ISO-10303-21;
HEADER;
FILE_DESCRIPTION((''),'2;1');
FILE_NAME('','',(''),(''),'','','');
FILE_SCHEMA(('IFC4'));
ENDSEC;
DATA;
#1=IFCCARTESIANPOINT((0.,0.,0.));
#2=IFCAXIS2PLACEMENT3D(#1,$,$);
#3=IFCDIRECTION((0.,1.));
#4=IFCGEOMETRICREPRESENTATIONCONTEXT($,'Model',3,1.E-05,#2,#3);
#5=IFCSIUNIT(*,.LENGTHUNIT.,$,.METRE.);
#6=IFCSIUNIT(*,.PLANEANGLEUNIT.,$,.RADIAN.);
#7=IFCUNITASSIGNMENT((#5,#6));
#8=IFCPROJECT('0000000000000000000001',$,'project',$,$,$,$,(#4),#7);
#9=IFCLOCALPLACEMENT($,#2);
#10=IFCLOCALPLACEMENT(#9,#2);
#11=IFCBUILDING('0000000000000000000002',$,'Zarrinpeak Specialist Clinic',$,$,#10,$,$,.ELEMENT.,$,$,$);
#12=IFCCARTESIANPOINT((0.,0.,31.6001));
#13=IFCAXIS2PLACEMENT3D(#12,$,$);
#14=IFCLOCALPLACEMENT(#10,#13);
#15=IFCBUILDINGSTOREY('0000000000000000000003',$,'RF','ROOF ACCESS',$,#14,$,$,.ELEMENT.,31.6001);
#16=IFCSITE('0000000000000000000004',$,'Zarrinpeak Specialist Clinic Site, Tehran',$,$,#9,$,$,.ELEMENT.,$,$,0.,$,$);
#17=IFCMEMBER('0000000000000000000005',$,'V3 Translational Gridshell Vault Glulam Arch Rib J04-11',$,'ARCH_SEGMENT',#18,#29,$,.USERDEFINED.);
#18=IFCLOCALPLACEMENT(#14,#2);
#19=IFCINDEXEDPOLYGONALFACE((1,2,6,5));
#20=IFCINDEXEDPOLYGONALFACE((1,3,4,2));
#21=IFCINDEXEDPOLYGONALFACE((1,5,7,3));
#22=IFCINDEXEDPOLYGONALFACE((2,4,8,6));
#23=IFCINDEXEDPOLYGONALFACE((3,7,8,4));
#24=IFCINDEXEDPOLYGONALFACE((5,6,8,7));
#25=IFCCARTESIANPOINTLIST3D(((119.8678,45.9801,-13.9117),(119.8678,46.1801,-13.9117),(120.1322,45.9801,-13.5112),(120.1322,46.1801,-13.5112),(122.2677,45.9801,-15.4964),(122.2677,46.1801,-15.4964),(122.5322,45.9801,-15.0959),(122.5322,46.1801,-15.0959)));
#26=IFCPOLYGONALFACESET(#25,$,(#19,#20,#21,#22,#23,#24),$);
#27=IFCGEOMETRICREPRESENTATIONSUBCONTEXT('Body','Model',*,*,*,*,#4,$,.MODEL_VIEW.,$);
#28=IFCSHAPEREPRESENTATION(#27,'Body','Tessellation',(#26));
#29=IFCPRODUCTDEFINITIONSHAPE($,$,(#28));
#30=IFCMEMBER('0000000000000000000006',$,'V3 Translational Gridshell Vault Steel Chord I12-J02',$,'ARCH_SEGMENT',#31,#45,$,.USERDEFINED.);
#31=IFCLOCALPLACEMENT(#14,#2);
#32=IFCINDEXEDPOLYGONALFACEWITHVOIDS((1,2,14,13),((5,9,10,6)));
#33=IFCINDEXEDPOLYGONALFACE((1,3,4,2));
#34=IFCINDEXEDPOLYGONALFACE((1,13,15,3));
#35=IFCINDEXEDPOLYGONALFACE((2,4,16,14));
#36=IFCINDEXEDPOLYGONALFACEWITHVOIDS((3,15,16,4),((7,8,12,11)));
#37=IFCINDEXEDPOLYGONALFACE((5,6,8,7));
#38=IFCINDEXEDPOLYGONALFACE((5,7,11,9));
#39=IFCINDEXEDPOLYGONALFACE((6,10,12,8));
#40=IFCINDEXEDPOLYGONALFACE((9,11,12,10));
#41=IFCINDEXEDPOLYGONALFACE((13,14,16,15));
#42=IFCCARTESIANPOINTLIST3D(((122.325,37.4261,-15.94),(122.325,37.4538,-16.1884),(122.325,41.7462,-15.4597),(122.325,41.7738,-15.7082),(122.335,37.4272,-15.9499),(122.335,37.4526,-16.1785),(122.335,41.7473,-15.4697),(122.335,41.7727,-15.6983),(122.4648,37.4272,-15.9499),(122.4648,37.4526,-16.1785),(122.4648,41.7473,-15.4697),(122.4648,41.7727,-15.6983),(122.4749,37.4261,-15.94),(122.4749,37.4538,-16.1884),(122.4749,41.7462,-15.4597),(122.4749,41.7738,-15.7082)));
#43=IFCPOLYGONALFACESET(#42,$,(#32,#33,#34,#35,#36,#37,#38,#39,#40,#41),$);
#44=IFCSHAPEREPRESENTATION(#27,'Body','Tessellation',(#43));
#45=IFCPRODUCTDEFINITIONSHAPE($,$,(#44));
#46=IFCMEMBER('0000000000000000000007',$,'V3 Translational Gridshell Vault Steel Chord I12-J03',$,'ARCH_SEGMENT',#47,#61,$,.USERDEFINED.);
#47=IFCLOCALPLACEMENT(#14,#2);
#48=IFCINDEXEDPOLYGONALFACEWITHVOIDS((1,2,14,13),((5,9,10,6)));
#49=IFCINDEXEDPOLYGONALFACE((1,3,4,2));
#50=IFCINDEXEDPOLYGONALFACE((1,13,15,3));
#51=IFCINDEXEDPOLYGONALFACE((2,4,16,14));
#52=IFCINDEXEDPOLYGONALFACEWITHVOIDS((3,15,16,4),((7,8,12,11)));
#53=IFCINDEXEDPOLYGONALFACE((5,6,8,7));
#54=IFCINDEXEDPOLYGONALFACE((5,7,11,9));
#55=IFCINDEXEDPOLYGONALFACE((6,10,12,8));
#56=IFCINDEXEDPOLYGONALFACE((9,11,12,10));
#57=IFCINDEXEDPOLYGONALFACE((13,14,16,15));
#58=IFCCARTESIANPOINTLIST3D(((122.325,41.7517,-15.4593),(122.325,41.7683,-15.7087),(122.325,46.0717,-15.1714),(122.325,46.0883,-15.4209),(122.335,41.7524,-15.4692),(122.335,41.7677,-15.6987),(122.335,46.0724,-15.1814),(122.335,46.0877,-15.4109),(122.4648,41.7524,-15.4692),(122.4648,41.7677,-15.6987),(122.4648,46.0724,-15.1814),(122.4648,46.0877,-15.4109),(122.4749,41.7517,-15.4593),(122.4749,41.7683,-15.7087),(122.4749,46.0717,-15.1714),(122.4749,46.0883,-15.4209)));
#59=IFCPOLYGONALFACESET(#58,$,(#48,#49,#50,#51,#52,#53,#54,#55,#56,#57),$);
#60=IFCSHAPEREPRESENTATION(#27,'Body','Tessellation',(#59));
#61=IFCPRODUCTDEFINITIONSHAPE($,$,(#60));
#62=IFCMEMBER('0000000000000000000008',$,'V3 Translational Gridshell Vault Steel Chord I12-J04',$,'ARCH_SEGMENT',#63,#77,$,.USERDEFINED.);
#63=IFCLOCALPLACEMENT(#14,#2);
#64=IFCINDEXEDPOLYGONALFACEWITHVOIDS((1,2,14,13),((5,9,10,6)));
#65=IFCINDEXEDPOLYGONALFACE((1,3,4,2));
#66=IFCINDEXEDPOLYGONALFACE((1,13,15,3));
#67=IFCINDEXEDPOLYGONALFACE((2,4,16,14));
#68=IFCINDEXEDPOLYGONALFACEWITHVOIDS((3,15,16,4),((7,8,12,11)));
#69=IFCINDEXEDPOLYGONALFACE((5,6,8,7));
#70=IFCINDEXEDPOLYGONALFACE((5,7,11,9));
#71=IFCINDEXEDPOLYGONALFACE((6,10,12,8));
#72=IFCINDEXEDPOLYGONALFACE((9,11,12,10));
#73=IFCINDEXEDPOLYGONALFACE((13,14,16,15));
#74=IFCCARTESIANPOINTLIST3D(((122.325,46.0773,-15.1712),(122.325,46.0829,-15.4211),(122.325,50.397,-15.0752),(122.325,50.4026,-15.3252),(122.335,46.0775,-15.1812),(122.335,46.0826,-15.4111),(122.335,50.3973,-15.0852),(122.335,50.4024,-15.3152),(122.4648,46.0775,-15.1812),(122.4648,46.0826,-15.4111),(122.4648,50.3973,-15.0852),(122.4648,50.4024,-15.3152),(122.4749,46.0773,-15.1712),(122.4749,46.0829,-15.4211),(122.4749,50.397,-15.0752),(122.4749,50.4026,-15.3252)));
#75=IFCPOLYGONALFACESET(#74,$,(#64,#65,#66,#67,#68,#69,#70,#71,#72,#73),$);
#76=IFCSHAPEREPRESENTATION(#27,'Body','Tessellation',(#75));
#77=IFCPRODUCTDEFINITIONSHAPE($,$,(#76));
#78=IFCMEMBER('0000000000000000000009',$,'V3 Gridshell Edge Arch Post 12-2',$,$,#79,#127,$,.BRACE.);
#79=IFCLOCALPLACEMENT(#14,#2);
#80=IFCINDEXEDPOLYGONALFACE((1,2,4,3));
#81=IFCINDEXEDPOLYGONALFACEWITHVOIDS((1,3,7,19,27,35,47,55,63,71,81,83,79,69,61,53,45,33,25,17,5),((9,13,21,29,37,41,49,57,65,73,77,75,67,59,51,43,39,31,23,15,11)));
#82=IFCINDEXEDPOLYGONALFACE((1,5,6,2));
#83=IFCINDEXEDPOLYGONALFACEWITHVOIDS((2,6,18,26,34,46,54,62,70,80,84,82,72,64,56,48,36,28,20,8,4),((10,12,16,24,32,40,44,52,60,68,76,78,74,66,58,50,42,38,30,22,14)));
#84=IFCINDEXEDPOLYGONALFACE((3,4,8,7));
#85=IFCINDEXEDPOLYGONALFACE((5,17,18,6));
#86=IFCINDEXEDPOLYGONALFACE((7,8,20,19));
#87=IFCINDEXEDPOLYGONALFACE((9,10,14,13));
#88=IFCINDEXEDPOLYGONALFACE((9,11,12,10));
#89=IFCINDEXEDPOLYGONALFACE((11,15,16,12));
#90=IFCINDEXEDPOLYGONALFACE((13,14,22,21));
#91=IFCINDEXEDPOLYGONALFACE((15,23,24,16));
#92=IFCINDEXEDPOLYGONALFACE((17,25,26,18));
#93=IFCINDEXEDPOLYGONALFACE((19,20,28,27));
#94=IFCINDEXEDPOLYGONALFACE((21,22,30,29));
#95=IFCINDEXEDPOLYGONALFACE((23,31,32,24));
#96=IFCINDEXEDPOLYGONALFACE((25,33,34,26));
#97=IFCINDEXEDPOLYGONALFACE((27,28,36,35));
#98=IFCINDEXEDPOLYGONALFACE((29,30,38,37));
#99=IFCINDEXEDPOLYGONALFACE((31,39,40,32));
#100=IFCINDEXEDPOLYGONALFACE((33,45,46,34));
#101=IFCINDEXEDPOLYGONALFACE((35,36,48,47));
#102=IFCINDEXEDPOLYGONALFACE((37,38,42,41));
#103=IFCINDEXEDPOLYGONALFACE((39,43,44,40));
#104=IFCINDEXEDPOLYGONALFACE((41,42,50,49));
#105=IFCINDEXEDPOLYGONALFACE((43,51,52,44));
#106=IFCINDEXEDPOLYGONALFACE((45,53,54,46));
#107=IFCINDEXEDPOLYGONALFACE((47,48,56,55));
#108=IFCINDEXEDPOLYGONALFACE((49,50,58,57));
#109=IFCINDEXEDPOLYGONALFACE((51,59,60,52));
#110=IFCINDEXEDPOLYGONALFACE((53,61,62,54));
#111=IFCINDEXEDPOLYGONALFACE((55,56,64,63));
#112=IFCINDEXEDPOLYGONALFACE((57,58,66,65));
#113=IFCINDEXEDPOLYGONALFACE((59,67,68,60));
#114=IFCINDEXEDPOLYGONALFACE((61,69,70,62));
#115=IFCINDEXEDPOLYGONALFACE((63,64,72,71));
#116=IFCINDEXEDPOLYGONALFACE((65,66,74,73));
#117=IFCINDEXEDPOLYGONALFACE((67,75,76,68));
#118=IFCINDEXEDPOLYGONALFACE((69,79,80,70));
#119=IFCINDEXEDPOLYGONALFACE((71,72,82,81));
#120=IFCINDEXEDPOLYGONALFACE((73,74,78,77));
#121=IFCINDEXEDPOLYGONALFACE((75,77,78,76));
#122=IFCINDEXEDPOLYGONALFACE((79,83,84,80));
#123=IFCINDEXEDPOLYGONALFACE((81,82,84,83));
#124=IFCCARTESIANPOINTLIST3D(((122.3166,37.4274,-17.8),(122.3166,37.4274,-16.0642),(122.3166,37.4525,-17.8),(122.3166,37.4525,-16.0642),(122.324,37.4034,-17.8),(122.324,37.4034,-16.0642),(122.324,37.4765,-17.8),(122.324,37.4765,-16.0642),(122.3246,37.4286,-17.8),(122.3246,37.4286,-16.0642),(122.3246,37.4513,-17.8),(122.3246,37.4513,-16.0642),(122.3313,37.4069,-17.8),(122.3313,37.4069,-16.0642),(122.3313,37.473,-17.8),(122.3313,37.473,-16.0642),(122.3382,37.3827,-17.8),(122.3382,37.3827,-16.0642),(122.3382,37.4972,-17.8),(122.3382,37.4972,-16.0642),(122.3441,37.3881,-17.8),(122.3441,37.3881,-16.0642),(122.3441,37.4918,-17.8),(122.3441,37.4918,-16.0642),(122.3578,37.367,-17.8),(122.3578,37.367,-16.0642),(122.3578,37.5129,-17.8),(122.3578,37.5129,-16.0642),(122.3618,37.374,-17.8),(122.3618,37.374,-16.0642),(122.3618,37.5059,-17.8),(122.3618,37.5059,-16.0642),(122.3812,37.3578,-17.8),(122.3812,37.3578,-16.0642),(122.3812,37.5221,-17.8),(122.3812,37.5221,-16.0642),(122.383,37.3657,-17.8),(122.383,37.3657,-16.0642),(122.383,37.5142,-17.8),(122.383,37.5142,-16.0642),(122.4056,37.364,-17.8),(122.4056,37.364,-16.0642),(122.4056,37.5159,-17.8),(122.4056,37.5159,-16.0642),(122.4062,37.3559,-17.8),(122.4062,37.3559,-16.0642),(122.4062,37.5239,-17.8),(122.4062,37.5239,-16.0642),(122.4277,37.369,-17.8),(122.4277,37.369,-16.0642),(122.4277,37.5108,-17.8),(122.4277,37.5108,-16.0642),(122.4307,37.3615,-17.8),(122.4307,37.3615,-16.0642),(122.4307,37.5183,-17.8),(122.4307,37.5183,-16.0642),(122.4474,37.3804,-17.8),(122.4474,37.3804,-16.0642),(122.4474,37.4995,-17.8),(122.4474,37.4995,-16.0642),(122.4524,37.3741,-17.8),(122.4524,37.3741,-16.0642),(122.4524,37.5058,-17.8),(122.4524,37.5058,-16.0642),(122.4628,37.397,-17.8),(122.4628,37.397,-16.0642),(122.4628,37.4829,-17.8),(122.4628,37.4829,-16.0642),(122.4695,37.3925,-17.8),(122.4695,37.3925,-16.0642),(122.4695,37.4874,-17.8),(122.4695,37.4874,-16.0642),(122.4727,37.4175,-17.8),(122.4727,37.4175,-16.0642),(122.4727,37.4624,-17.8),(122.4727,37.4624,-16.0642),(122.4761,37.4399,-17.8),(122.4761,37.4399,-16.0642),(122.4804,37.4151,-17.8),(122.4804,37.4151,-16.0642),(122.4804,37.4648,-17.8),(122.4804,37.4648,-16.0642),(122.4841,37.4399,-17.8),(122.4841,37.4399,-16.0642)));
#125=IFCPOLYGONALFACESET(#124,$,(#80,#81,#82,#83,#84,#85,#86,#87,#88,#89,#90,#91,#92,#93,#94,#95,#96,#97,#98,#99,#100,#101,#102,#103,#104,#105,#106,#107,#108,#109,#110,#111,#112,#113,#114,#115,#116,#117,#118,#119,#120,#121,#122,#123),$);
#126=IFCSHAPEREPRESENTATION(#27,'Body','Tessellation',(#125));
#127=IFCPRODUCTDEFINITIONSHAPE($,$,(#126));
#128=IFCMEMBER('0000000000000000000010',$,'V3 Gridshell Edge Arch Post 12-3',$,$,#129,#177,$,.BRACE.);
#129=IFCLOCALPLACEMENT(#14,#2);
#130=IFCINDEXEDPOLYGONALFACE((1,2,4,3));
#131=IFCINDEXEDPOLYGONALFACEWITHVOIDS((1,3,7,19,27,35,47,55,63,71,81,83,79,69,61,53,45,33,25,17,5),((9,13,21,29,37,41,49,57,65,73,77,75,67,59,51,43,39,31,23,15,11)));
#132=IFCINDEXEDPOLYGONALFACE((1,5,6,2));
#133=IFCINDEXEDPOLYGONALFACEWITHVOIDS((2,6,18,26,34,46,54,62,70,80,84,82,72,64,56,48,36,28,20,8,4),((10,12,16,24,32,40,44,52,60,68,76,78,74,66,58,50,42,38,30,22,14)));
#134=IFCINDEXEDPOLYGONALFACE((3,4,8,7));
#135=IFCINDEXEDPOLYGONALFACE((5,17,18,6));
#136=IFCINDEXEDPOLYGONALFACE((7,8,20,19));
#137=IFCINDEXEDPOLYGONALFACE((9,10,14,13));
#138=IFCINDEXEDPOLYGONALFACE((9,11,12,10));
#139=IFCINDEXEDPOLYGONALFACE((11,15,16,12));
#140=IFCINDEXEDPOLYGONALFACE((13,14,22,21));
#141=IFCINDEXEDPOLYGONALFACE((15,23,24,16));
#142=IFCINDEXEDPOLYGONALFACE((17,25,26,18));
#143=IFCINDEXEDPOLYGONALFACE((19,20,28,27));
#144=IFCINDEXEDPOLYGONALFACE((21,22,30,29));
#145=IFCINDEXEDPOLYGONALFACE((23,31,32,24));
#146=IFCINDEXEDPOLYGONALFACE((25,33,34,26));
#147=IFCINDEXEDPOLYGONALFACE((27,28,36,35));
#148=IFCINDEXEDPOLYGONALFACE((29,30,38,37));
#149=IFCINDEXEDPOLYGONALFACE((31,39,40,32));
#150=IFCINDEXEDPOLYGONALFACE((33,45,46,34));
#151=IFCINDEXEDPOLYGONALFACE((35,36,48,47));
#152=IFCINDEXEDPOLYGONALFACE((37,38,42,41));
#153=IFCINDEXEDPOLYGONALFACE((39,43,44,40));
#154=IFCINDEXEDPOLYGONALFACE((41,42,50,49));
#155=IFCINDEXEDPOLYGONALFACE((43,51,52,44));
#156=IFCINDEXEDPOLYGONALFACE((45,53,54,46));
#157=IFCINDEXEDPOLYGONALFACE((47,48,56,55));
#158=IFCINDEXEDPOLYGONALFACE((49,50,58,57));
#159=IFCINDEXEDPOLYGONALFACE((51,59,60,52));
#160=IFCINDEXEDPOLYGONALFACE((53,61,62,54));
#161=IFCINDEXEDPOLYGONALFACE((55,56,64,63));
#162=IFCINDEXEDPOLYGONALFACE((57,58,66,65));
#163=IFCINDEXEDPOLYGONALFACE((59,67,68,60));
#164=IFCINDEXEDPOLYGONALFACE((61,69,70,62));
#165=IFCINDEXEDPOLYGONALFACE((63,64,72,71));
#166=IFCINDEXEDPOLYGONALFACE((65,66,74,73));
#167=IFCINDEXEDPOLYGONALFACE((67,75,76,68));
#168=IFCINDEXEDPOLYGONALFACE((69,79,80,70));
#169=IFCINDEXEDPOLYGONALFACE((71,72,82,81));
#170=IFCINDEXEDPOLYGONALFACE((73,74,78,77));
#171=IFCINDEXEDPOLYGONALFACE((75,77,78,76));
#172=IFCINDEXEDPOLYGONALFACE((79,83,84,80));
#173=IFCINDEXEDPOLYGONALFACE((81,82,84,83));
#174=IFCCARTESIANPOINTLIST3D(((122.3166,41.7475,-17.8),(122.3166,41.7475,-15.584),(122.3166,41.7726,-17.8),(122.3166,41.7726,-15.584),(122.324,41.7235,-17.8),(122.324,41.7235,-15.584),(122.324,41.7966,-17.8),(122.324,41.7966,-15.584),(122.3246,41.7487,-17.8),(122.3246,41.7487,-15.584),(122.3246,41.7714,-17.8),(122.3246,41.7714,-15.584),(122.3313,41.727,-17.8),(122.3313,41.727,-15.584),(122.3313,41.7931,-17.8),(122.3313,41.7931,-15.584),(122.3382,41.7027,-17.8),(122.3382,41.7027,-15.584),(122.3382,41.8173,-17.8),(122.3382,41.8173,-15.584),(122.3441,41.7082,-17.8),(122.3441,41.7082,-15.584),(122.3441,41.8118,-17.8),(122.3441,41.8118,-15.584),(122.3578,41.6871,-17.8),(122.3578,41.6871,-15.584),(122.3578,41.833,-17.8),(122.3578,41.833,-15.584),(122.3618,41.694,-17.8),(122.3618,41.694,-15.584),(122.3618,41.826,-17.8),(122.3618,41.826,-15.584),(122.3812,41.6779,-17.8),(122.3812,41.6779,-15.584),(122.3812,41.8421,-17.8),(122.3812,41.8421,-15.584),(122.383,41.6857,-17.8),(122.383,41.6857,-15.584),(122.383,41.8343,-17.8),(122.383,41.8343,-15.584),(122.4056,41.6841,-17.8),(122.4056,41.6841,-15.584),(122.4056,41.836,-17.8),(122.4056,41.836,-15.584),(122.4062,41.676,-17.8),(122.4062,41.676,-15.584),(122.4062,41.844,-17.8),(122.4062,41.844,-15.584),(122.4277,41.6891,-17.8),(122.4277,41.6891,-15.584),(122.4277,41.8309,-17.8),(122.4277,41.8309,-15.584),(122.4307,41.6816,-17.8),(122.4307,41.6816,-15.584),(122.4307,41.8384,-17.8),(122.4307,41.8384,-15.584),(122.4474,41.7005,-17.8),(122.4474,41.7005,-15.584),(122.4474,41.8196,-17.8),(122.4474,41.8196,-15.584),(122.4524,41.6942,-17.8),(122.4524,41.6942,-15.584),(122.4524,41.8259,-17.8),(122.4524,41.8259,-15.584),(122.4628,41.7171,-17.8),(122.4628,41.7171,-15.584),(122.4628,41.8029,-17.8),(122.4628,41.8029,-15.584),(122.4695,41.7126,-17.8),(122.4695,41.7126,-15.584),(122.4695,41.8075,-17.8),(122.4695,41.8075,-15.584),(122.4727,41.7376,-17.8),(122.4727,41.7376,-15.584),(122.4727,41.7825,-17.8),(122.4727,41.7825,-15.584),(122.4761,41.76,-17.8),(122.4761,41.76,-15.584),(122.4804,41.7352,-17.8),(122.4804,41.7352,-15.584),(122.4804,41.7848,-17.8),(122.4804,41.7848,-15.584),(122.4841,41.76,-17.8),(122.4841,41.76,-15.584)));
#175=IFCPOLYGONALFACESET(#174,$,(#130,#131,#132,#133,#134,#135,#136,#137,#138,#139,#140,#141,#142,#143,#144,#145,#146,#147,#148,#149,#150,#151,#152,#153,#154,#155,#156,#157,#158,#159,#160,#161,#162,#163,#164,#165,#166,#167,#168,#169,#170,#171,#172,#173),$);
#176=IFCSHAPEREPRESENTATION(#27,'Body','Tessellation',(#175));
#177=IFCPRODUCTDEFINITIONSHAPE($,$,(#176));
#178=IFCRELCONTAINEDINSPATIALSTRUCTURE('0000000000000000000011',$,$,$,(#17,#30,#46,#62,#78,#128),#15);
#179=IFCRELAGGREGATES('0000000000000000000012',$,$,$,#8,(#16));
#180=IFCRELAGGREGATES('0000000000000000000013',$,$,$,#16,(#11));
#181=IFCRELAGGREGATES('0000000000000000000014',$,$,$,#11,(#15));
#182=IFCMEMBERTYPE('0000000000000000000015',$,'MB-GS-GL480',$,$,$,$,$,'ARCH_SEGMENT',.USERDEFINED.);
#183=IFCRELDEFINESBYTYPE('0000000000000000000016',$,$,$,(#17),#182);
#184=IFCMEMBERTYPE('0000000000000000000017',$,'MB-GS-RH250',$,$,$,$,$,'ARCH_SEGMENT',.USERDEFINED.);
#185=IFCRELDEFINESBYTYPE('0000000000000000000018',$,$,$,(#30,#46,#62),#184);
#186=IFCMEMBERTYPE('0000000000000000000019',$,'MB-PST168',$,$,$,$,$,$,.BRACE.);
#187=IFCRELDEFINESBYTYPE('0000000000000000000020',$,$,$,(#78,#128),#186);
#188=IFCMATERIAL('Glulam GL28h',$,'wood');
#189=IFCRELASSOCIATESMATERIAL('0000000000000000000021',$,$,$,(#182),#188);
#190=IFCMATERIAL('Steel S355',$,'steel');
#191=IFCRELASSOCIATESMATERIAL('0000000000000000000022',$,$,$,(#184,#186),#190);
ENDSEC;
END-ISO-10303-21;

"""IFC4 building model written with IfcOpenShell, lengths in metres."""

from ifc_helpers import new_model, si_unit, direction, frame, origin, origin_2d, place, context, subcontext, project, spatial, rectangle, hollow_rectangle, hollow_circle, extrude, material, material_profile, profile_set, type_object, element, save


model = new_model("IFC4")

# Units and contexts
model_context = context("Model", 3, precision=1e-05, world=origin(), true_north=direction((0.0, 1.0)))
body_context = subcontext(model_context, "Body", "Model", "MODEL_VIEW")
ifc_project = project(units=[si_unit("LENGTHUNIT", "METRE"), si_unit("PLANEANGLEUNIT", "RADIAN")], contexts=[model_context])

# Site, building, storey
site_placement = place(None, origin())
site = spatial("IfcSite", under=ifc_project, at=site_placement, Name="Zarrinpeak Specialist Clinic Site, Tehran", CompositionType="ELEMENT", RefElevation=0.0)
building_placement = place(site_placement, origin())
building = spatial("IfcBuilding", under=site, at=building_placement, Name="Zarrinpeak Specialist Clinic", CompositionType="ELEMENT")
storey_placement = place(building_placement, frame((0.0, 0.0, 31.6001)))
storey = spatial("IfcBuildingStorey", under=building, at=storey_placement, Name="RF", Description="ROOF ACCESS", CompositionType="ELEMENT", Elevation=31.6001)

# Members
ifc_material_1 = material(Name="Steel S355", Category="steel")
ifc_material_2 = material(Name="Glulam GL28h", Category="wood")
ifc_material_profile_1 = material_profile(ifc_material_2, rectangle(XDim=0.2, YDim=0.48, at=origin_2d()), Name="GL28h 200x480")
ifc_profile_set_1 = profile_set([ifc_material_profile_1], Name="Glulam GL28h")
member_type_1 = type_object("IfcMemberType", Name="MB-GS-GL480", ElementType="ARCH_SEGMENT", PredefinedType="USERDEFINED", material=ifc_profile_set_1)
member_1_placement = place(storey_placement, frame((120.0, 46.0801, -13.7114), z_axis=(0.834484, 0.0, -0.551031), x_axis=(0.0, 1.0, 0.0)))
element("IfcMember", 1, at=member_1_placement, inside=storey, type_object=member_type_1, Name="V3 Translational Gridshell Vault Glulam Arch Rib J04-11", ObjectType="ARCH_SEGMENT", PredefinedType="USERDEFINED", context=body_context, shape_type="SweptSolid", body=[
    extrude(rectangle(XDim=0.2, YDim=0.48, at=origin_2d()), origin(), (0.0, 0.0, 1.0), 2.876),
])
ifc_material_profile_2 = material_profile(ifc_material_1, hollow_rectangle(XDim=0.1499, YDim=0.25, WallThickness=0.01, at=origin_2d()), Name="RHS 250x150x10.0")
ifc_profile_set_2 = profile_set([ifc_material_profile_2], Name="Steel S355")
member_type_2 = type_object("IfcMemberType", Name="MB-GS-RH250", ElementType="ARCH_SEGMENT", PredefinedType="USERDEFINED", material=ifc_profile_set_2)
member_2_placement = place(storey_placement, frame((122.3999, 37.4399, -16.0642), z_axis=(0.0, 0.993878, 0.110481), x_axis=(-1.0, 0.0, 0.0)))
element("IfcMember", 2, at=member_2_placement, inside=storey, type_object=member_type_2, Name="V3 Translational Gridshell Vault Steel Chord I12-J02", ObjectType="ARCH_SEGMENT", PredefinedType="USERDEFINED", context=body_context, shape_type="SweptSolid", body=[
    extrude(hollow_rectangle(XDim=0.1499, YDim=0.25, WallThickness=0.01, at=origin_2d()), origin(), (0.0, 0.0, 1.0), 4.3467),
])
member_3_placement = place(storey_placement, frame((122.3999, 41.76, -15.584), z_axis=(0.0, 0.997788, 0.066482), x_axis=(-1.0, 0.0, 0.0)))
element("IfcMember", 3, at=member_3_placement, inside=storey, type_object=member_type_2, Name="V3 Translational Gridshell Vault Steel Chord I12-J03", ObjectType="ARCH_SEGMENT", PredefinedType="USERDEFINED", context=body_context, shape_type="SweptSolid", body=[
    extrude(hollow_rectangle(XDim=0.1499, YDim=0.25, WallThickness=0.01, at=origin_2d()), origin(), (0.0, 0.0, 1.0), 4.3296),
])
member_4_placement = place(storey_placement, frame((122.3999, 46.0801, -15.2961), z_axis=(0.0, 0.999753, 0.022205), x_axis=(-1.0, 0.0, 0.0)))
element("IfcMember", 4, at=member_4_placement, inside=storey, type_object=member_type_2, Name="V3 Translational Gridshell Vault Steel Chord I12-J04", ObjectType="ARCH_SEGMENT", PredefinedType="USERDEFINED", context=body_context, shape_type="SweptSolid", body=[
    extrude(hollow_rectangle(XDim=0.1499, YDim=0.25, WallThickness=0.01, at=origin_2d()), origin(), (0.0, 0.0, 1.0), 4.3208),
])
ifc_material_profile_3 = material_profile(ifc_material_1, hollow_circle(Radius=0.0842, WallThickness=0.0081, at=origin_2d()), Name="CHS 168.3x8.0")
ifc_profile_set_3 = profile_set([ifc_material_profile_3], Name="Steel S355")
member_type_3 = type_object("IfcMemberType", Name="MB-PST168", PredefinedType="BRACE", material=ifc_profile_set_3)
member_5_placement = place(storey_placement, frame((122.3999, 37.4399, -17.8), z_axis=(0.0, 0.0, 1.0), x_axis=(1.0, 0.0, 0.0)))
element("IfcMember", 5, at=member_5_placement, inside=storey, type_object=member_type_3, Name="V3 Gridshell Edge Arch Post 12-2", PredefinedType="BRACE", context=body_context, shape_type="SweptSolid", body=[
    extrude(hollow_circle(Radius=0.0842, WallThickness=0.0081, at=origin_2d()), origin(), (0.0, 0.0, 1.0), 1.7358),
])
member_6_placement = place(storey_placement, frame((122.3999, 41.76, -17.8), z_axis=(0.0, 0.0, 1.0), x_axis=(1.0, 0.0, 0.0)))
element("IfcMember", 6, at=member_6_placement, inside=storey, type_object=member_type_3, Name="V3 Gridshell Edge Arch Post 12-3", PredefinedType="BRACE", context=body_context, shape_type="SweptSolid", body=[
    extrude(hollow_circle(Radius=0.0842, WallThickness=0.0081, at=origin_2d()), origin(), (0.0, 0.0, 1.0), 2.2161),
])

save(model, "model.ifc")
